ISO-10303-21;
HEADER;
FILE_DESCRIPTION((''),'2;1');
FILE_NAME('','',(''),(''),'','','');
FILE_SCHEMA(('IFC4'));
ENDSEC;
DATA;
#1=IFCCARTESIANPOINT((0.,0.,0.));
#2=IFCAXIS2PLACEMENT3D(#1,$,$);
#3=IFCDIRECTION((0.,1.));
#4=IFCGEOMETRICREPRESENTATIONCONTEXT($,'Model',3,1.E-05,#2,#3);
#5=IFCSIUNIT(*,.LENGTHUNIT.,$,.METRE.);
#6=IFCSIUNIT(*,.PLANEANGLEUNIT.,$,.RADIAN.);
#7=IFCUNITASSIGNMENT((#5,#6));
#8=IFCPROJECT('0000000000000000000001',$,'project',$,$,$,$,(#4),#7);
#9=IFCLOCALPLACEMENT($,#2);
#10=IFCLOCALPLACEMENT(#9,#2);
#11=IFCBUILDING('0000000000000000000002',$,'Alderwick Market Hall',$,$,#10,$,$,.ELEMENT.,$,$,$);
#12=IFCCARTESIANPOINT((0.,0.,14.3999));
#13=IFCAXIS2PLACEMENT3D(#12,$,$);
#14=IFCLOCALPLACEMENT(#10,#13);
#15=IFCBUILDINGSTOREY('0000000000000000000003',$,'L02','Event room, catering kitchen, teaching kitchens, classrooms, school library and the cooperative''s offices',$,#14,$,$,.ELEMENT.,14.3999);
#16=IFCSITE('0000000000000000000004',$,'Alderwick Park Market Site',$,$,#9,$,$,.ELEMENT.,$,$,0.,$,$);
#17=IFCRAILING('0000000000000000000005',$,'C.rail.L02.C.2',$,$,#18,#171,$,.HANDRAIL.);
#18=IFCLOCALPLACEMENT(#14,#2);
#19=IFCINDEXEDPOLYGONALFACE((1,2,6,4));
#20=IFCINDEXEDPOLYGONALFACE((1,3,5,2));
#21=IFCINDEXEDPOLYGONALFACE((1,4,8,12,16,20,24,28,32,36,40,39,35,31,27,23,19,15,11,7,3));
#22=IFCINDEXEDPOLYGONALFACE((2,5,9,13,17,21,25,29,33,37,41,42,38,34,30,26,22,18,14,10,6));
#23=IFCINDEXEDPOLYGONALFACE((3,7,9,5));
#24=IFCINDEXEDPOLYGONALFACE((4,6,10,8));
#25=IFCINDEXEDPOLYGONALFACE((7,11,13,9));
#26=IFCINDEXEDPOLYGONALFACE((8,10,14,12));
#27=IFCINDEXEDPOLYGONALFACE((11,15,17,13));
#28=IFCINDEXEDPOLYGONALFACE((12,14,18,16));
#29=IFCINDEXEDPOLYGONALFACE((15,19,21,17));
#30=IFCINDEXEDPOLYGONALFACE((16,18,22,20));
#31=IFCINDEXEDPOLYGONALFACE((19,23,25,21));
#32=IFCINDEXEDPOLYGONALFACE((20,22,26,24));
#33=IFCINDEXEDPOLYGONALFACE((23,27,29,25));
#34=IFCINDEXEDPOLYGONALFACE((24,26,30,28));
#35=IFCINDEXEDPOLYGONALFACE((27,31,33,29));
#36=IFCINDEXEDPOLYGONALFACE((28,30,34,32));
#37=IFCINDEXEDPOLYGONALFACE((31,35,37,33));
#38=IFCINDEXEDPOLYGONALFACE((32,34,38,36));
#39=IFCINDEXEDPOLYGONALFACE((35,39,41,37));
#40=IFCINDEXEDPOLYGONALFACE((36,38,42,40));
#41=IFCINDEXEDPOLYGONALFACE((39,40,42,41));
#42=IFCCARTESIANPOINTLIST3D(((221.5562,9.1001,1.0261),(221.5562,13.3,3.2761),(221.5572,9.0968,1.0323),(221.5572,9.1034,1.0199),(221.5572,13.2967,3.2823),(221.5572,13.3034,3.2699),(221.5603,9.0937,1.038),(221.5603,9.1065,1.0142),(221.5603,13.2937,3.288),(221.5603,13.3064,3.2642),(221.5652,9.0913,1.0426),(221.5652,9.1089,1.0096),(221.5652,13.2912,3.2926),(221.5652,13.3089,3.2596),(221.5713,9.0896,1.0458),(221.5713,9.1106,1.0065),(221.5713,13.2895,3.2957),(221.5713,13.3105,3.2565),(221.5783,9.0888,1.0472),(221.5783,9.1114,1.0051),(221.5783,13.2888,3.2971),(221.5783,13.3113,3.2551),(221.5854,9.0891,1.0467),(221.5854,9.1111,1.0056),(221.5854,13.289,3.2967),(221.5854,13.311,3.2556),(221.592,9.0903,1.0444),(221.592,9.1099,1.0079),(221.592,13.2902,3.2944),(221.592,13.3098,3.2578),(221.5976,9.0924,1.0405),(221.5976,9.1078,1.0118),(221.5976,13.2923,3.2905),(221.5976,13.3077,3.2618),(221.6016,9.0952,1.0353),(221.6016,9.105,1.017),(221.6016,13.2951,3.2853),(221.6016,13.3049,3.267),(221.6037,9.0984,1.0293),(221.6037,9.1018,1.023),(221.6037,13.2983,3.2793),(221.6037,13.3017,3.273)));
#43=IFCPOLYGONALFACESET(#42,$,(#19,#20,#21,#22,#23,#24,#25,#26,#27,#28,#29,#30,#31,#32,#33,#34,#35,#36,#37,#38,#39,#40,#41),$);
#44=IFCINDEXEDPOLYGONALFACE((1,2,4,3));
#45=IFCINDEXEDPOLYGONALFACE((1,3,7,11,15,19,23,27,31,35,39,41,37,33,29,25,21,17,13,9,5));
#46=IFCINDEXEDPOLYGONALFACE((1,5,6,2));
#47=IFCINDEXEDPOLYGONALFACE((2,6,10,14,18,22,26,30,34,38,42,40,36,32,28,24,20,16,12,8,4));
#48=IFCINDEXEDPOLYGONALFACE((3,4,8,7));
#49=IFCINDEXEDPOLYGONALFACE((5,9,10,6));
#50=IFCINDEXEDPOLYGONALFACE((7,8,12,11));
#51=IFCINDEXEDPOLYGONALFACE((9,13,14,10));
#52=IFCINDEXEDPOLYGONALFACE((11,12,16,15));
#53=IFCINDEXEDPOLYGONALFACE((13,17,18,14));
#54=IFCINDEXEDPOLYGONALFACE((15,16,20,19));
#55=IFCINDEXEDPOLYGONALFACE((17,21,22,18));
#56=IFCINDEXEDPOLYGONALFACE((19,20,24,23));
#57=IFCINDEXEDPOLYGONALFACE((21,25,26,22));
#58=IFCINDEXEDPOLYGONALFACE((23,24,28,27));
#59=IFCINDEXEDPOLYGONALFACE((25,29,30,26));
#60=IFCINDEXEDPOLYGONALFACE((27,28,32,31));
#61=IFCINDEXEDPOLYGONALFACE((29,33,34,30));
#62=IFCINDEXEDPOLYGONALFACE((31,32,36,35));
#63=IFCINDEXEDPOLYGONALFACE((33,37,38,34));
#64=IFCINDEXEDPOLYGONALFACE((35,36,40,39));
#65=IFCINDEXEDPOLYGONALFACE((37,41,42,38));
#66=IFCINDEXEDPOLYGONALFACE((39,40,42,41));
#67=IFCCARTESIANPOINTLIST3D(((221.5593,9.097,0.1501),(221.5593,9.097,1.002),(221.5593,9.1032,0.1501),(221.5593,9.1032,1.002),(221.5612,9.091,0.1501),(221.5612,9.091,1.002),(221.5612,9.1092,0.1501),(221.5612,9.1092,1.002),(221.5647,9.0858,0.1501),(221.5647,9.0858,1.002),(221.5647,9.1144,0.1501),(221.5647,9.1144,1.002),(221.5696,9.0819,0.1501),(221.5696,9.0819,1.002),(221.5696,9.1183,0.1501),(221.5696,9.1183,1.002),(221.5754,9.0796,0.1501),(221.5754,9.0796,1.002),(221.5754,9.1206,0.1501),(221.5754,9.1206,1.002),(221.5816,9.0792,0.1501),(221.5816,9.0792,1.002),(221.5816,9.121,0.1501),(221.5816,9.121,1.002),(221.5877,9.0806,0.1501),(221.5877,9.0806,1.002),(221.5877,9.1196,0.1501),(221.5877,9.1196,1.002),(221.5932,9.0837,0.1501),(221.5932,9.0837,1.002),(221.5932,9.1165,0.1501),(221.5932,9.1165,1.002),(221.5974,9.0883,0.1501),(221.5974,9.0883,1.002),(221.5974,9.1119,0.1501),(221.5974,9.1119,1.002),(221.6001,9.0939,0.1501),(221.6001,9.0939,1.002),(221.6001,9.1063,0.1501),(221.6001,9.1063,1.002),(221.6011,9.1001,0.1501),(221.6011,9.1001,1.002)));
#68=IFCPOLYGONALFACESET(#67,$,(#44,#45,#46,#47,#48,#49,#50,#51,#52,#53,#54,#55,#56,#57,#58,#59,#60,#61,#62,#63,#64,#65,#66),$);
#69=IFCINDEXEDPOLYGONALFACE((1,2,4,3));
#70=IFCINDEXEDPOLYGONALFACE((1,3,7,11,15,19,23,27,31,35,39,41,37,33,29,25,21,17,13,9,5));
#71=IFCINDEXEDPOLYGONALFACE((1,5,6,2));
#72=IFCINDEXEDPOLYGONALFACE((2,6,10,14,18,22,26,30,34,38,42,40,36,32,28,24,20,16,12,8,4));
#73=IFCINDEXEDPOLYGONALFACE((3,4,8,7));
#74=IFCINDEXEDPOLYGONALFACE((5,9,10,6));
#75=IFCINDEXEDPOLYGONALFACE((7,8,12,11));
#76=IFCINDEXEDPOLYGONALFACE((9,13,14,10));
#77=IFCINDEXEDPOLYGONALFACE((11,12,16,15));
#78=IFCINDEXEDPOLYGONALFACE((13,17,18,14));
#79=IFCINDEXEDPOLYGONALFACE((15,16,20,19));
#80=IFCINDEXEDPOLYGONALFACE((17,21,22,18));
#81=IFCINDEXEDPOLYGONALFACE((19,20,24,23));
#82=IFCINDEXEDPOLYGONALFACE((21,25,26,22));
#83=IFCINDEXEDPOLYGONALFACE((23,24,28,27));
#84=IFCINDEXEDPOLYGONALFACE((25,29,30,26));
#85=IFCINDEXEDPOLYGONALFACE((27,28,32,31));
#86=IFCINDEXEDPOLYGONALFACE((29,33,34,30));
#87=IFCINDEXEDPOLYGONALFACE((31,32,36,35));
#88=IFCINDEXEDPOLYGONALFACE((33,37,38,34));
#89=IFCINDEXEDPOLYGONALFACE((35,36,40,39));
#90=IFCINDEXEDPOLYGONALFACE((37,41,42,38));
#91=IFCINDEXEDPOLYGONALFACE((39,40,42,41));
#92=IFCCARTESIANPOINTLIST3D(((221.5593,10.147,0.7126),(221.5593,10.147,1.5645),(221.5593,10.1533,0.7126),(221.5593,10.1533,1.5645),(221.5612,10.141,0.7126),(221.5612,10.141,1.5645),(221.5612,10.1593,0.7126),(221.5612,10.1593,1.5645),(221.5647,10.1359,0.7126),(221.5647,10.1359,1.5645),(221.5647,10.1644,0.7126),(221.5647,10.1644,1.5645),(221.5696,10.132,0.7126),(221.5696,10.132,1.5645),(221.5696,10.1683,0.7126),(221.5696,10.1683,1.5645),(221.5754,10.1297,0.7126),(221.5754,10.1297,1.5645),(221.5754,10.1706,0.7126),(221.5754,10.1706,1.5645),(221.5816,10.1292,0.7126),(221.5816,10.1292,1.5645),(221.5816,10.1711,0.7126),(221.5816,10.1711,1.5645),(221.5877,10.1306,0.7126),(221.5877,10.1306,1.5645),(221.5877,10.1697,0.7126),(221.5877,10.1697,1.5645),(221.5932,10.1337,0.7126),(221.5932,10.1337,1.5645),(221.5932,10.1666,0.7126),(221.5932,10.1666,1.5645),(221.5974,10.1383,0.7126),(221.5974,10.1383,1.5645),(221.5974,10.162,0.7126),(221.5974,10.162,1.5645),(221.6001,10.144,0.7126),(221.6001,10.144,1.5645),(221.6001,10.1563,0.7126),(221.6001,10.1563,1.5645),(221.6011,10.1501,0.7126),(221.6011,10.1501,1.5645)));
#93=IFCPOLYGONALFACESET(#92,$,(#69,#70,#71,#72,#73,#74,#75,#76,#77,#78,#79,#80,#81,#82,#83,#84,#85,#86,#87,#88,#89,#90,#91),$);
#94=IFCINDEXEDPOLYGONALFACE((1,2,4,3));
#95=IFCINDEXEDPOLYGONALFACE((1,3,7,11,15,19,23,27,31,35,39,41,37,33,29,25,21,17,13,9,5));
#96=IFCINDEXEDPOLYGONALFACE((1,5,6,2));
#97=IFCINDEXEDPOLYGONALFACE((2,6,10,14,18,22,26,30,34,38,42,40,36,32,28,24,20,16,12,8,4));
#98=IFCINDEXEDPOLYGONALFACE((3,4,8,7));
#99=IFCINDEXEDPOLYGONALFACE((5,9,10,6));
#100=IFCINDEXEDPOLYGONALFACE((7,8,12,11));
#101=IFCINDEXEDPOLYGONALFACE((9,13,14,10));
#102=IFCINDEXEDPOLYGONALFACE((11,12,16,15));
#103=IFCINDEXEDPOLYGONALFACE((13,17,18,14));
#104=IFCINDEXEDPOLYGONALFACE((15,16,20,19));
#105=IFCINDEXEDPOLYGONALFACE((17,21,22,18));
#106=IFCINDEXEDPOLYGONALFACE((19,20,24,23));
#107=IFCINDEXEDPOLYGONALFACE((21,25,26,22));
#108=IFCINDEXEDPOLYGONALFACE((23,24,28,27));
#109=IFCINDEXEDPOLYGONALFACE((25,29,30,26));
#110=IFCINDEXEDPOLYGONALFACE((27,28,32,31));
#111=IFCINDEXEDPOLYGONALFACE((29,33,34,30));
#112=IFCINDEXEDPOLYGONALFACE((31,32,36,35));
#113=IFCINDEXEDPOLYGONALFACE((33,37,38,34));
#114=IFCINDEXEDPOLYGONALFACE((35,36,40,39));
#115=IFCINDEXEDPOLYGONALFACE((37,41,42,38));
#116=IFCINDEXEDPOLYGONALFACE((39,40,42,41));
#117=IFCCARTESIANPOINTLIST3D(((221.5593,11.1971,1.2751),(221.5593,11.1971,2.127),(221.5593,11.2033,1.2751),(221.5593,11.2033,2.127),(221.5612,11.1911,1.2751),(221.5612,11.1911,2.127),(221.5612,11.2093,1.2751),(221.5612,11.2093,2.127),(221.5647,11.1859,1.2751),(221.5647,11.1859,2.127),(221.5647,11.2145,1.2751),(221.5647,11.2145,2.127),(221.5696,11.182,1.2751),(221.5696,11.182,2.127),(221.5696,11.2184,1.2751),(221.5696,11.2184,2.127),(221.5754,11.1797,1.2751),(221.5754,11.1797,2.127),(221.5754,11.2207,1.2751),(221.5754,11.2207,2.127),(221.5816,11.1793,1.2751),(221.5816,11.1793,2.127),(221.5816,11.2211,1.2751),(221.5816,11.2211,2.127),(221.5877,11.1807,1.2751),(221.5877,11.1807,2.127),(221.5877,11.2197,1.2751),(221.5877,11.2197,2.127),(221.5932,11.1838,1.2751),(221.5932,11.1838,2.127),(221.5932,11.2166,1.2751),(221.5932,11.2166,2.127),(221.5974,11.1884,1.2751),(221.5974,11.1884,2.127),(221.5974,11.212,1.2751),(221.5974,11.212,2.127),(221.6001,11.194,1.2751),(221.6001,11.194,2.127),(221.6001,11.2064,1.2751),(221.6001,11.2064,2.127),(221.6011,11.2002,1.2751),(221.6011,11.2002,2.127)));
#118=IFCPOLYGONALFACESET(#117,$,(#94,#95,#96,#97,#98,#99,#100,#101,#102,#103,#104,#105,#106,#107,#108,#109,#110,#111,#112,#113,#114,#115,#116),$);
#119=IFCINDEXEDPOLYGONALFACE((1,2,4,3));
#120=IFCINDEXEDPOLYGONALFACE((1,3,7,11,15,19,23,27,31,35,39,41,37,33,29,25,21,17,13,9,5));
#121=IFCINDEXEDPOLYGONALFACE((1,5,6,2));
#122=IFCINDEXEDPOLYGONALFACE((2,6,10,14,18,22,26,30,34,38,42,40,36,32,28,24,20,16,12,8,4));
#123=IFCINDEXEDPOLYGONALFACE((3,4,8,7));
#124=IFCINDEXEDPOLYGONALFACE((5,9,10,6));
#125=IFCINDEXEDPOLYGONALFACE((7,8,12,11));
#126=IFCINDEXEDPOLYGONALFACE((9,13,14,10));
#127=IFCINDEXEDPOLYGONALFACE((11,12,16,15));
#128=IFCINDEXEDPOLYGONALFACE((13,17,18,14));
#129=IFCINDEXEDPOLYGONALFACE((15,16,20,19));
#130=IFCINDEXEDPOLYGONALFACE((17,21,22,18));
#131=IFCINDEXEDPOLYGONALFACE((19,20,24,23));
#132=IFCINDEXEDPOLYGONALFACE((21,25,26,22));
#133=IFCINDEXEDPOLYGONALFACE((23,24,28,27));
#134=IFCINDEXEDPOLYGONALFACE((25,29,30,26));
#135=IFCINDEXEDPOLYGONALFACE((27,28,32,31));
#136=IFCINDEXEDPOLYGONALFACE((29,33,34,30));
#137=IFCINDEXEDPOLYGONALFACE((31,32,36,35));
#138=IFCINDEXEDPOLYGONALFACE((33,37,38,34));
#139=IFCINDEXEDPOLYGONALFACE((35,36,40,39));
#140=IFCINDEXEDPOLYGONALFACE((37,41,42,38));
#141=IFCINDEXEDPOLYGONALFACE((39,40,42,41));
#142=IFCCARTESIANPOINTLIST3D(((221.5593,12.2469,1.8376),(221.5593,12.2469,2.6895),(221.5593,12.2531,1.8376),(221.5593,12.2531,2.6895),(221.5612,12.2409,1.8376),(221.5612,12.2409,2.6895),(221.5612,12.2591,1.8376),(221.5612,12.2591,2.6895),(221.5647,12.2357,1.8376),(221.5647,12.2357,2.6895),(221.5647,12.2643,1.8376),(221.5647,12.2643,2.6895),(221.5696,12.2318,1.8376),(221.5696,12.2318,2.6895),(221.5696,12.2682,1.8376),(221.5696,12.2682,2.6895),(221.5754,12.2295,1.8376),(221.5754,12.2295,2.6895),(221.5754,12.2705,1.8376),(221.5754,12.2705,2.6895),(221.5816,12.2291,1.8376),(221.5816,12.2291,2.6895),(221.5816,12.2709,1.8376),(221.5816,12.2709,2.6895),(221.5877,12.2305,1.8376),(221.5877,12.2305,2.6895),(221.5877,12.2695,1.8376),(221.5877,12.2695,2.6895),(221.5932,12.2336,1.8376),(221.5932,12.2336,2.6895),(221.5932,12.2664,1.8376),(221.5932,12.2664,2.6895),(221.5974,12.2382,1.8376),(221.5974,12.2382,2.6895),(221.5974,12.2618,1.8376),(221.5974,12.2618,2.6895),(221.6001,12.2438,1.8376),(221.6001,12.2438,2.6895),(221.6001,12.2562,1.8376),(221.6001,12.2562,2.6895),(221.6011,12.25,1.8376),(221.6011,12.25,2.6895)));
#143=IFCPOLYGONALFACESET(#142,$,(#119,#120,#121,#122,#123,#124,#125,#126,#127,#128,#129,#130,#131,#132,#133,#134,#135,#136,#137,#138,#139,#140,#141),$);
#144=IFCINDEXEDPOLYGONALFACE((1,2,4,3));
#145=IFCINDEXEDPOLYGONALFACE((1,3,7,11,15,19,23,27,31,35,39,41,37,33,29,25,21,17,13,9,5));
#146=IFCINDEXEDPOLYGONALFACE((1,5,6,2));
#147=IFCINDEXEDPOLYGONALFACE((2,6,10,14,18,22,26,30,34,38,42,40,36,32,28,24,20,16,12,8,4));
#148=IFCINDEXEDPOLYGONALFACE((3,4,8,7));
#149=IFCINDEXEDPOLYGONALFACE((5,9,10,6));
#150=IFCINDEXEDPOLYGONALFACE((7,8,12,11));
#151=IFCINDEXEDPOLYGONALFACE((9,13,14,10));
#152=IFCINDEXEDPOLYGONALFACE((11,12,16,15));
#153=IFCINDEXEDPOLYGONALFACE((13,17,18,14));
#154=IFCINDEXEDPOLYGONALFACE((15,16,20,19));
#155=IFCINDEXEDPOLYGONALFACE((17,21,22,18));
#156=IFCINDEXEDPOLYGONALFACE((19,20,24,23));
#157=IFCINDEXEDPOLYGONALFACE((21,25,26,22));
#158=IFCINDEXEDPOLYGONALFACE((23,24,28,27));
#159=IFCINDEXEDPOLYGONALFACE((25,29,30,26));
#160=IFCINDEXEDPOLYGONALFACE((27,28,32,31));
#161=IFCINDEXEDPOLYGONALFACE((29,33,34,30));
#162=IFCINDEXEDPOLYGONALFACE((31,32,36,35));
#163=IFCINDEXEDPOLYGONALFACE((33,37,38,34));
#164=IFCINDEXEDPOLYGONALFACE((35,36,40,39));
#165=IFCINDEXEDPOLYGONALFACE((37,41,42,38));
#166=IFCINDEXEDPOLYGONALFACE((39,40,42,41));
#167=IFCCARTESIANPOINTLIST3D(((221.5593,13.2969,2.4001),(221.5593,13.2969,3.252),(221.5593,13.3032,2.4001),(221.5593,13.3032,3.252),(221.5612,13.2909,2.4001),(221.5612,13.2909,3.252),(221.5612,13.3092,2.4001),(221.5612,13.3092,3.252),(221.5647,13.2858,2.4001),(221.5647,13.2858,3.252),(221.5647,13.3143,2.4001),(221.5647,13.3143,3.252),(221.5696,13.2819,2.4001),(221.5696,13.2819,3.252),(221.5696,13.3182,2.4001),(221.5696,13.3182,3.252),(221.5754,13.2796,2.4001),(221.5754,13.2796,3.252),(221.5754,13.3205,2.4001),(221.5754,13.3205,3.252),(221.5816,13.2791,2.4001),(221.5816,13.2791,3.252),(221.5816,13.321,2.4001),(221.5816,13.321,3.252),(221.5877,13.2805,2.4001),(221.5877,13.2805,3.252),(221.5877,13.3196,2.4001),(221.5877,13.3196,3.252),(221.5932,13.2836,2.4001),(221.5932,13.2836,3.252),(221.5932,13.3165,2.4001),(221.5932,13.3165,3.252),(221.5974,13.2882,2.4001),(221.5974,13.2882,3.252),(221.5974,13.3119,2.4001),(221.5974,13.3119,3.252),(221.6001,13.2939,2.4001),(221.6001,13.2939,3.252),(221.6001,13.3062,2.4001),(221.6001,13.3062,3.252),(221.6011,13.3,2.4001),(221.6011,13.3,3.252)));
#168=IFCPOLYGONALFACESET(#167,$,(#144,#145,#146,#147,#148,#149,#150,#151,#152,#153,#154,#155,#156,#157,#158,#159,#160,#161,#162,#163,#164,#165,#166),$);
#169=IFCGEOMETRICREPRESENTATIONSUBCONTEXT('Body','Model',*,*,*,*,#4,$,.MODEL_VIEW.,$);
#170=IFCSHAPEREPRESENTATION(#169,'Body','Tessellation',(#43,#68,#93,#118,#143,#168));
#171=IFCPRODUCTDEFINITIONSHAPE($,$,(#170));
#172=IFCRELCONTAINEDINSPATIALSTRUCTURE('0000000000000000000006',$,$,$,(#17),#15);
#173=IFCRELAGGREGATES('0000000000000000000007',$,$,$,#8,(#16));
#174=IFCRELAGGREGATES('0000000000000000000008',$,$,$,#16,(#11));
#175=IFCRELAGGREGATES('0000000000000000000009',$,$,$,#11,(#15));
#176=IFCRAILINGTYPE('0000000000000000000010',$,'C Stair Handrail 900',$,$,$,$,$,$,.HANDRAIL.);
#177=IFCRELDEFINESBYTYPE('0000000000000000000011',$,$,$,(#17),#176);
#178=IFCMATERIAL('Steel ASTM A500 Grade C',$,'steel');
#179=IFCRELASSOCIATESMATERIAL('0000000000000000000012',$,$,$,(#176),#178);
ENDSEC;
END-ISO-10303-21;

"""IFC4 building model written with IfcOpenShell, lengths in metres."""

from ifc_helpers import new_model, si_unit, direction, frame, origin, origin_2d, place, context, subcontext, project, spatial, circle, extrude, material, type_object, element, save


model = new_model("IFC4")

# Units and contexts
model_context = context("Model", 3, precision=1e-05, world=origin(), true_north=direction((0.0, 1.0)))
body_context = subcontext(model_context, "Body", "Model", "MODEL_VIEW")
ifc_project = project(units=[si_unit("LENGTHUNIT", "METRE"), si_unit("PLANEANGLEUNIT", "RADIAN")], contexts=[model_context])

# Site, building, storey
site_placement = place(None, origin())
site = spatial("IfcSite", under=ifc_project, at=site_placement, Name="Alderwick Park Market Site", CompositionType="ELEMENT", RefElevation=0.0)
building_placement = place(site_placement, origin())
building = spatial("IfcBuilding", under=site, at=building_placement, Name="Alderwick Market Hall", CompositionType="ELEMENT")
storey_placement = place(building_placement, frame((0.0, 0.0, 14.3999)))
storey = spatial("IfcBuildingStorey", under=building, at=storey_placement, Name="L02", Description="Event room, catering kitchen, teaching kitchens, classrooms, school library and the cooperative's offices", CompositionType="ELEMENT", Elevation=14.3999)

# Railing
ifc_material_1 = material(Name="Steel ASTM A500 Grade C", Category="steel")
railing_type_1 = type_object("IfcRailingType", Name="C Stair Handrail 900", PredefinedType="HANDRAIL", material=ifc_material_1)
for number, where, name in (
    (1, (221.5801, 9.1001, 0.1501), "C.rail.L02.C.2"),
):
    element("IfcRailing", number, at=place(storey_placement, frame(where)), inside=storey, type_object=railing_type_1, Name=name, PredefinedType="HANDRAIL", context=body_context, shape_type="SweptSolid", body=[
        extrude(circle(Radius=0.0239, at=origin_2d()), frame((0.0, 0.0, 0.876), z_axis=(0.0, 0.881478, 0.472226), x_axis=(-1.0, 0.0, 0.0)), (0.0, 0.0, 1.0), 4.7646),
        extrude(circle(Radius=0.021, at=origin_2d()), origin(), (0.0, 0.0, 1.0), 0.8518),
        extrude(circle(Radius=0.021, at=origin_2d()), frame((0.0, 1.05, 0.5625)), (0.0, 0.0, 1.0), 0.8518),
        extrude(circle(Radius=0.021, at=origin_2d()), frame((0.0, 2.1001, 1.125)), (0.0, 0.0, 1.0), 0.8518),
        extrude(circle(Radius=0.021, at=origin_2d()), frame((0.0, 3.1499, 1.6875)), (0.0, 0.0, 1.0), 0.8518),
        extrude(circle(Radius=0.021, at=origin_2d()), frame((0.0, 4.2, 2.25)), (0.0, 0.0, 1.0), 0.8518),
    ])

save(model, "model.ifc")
